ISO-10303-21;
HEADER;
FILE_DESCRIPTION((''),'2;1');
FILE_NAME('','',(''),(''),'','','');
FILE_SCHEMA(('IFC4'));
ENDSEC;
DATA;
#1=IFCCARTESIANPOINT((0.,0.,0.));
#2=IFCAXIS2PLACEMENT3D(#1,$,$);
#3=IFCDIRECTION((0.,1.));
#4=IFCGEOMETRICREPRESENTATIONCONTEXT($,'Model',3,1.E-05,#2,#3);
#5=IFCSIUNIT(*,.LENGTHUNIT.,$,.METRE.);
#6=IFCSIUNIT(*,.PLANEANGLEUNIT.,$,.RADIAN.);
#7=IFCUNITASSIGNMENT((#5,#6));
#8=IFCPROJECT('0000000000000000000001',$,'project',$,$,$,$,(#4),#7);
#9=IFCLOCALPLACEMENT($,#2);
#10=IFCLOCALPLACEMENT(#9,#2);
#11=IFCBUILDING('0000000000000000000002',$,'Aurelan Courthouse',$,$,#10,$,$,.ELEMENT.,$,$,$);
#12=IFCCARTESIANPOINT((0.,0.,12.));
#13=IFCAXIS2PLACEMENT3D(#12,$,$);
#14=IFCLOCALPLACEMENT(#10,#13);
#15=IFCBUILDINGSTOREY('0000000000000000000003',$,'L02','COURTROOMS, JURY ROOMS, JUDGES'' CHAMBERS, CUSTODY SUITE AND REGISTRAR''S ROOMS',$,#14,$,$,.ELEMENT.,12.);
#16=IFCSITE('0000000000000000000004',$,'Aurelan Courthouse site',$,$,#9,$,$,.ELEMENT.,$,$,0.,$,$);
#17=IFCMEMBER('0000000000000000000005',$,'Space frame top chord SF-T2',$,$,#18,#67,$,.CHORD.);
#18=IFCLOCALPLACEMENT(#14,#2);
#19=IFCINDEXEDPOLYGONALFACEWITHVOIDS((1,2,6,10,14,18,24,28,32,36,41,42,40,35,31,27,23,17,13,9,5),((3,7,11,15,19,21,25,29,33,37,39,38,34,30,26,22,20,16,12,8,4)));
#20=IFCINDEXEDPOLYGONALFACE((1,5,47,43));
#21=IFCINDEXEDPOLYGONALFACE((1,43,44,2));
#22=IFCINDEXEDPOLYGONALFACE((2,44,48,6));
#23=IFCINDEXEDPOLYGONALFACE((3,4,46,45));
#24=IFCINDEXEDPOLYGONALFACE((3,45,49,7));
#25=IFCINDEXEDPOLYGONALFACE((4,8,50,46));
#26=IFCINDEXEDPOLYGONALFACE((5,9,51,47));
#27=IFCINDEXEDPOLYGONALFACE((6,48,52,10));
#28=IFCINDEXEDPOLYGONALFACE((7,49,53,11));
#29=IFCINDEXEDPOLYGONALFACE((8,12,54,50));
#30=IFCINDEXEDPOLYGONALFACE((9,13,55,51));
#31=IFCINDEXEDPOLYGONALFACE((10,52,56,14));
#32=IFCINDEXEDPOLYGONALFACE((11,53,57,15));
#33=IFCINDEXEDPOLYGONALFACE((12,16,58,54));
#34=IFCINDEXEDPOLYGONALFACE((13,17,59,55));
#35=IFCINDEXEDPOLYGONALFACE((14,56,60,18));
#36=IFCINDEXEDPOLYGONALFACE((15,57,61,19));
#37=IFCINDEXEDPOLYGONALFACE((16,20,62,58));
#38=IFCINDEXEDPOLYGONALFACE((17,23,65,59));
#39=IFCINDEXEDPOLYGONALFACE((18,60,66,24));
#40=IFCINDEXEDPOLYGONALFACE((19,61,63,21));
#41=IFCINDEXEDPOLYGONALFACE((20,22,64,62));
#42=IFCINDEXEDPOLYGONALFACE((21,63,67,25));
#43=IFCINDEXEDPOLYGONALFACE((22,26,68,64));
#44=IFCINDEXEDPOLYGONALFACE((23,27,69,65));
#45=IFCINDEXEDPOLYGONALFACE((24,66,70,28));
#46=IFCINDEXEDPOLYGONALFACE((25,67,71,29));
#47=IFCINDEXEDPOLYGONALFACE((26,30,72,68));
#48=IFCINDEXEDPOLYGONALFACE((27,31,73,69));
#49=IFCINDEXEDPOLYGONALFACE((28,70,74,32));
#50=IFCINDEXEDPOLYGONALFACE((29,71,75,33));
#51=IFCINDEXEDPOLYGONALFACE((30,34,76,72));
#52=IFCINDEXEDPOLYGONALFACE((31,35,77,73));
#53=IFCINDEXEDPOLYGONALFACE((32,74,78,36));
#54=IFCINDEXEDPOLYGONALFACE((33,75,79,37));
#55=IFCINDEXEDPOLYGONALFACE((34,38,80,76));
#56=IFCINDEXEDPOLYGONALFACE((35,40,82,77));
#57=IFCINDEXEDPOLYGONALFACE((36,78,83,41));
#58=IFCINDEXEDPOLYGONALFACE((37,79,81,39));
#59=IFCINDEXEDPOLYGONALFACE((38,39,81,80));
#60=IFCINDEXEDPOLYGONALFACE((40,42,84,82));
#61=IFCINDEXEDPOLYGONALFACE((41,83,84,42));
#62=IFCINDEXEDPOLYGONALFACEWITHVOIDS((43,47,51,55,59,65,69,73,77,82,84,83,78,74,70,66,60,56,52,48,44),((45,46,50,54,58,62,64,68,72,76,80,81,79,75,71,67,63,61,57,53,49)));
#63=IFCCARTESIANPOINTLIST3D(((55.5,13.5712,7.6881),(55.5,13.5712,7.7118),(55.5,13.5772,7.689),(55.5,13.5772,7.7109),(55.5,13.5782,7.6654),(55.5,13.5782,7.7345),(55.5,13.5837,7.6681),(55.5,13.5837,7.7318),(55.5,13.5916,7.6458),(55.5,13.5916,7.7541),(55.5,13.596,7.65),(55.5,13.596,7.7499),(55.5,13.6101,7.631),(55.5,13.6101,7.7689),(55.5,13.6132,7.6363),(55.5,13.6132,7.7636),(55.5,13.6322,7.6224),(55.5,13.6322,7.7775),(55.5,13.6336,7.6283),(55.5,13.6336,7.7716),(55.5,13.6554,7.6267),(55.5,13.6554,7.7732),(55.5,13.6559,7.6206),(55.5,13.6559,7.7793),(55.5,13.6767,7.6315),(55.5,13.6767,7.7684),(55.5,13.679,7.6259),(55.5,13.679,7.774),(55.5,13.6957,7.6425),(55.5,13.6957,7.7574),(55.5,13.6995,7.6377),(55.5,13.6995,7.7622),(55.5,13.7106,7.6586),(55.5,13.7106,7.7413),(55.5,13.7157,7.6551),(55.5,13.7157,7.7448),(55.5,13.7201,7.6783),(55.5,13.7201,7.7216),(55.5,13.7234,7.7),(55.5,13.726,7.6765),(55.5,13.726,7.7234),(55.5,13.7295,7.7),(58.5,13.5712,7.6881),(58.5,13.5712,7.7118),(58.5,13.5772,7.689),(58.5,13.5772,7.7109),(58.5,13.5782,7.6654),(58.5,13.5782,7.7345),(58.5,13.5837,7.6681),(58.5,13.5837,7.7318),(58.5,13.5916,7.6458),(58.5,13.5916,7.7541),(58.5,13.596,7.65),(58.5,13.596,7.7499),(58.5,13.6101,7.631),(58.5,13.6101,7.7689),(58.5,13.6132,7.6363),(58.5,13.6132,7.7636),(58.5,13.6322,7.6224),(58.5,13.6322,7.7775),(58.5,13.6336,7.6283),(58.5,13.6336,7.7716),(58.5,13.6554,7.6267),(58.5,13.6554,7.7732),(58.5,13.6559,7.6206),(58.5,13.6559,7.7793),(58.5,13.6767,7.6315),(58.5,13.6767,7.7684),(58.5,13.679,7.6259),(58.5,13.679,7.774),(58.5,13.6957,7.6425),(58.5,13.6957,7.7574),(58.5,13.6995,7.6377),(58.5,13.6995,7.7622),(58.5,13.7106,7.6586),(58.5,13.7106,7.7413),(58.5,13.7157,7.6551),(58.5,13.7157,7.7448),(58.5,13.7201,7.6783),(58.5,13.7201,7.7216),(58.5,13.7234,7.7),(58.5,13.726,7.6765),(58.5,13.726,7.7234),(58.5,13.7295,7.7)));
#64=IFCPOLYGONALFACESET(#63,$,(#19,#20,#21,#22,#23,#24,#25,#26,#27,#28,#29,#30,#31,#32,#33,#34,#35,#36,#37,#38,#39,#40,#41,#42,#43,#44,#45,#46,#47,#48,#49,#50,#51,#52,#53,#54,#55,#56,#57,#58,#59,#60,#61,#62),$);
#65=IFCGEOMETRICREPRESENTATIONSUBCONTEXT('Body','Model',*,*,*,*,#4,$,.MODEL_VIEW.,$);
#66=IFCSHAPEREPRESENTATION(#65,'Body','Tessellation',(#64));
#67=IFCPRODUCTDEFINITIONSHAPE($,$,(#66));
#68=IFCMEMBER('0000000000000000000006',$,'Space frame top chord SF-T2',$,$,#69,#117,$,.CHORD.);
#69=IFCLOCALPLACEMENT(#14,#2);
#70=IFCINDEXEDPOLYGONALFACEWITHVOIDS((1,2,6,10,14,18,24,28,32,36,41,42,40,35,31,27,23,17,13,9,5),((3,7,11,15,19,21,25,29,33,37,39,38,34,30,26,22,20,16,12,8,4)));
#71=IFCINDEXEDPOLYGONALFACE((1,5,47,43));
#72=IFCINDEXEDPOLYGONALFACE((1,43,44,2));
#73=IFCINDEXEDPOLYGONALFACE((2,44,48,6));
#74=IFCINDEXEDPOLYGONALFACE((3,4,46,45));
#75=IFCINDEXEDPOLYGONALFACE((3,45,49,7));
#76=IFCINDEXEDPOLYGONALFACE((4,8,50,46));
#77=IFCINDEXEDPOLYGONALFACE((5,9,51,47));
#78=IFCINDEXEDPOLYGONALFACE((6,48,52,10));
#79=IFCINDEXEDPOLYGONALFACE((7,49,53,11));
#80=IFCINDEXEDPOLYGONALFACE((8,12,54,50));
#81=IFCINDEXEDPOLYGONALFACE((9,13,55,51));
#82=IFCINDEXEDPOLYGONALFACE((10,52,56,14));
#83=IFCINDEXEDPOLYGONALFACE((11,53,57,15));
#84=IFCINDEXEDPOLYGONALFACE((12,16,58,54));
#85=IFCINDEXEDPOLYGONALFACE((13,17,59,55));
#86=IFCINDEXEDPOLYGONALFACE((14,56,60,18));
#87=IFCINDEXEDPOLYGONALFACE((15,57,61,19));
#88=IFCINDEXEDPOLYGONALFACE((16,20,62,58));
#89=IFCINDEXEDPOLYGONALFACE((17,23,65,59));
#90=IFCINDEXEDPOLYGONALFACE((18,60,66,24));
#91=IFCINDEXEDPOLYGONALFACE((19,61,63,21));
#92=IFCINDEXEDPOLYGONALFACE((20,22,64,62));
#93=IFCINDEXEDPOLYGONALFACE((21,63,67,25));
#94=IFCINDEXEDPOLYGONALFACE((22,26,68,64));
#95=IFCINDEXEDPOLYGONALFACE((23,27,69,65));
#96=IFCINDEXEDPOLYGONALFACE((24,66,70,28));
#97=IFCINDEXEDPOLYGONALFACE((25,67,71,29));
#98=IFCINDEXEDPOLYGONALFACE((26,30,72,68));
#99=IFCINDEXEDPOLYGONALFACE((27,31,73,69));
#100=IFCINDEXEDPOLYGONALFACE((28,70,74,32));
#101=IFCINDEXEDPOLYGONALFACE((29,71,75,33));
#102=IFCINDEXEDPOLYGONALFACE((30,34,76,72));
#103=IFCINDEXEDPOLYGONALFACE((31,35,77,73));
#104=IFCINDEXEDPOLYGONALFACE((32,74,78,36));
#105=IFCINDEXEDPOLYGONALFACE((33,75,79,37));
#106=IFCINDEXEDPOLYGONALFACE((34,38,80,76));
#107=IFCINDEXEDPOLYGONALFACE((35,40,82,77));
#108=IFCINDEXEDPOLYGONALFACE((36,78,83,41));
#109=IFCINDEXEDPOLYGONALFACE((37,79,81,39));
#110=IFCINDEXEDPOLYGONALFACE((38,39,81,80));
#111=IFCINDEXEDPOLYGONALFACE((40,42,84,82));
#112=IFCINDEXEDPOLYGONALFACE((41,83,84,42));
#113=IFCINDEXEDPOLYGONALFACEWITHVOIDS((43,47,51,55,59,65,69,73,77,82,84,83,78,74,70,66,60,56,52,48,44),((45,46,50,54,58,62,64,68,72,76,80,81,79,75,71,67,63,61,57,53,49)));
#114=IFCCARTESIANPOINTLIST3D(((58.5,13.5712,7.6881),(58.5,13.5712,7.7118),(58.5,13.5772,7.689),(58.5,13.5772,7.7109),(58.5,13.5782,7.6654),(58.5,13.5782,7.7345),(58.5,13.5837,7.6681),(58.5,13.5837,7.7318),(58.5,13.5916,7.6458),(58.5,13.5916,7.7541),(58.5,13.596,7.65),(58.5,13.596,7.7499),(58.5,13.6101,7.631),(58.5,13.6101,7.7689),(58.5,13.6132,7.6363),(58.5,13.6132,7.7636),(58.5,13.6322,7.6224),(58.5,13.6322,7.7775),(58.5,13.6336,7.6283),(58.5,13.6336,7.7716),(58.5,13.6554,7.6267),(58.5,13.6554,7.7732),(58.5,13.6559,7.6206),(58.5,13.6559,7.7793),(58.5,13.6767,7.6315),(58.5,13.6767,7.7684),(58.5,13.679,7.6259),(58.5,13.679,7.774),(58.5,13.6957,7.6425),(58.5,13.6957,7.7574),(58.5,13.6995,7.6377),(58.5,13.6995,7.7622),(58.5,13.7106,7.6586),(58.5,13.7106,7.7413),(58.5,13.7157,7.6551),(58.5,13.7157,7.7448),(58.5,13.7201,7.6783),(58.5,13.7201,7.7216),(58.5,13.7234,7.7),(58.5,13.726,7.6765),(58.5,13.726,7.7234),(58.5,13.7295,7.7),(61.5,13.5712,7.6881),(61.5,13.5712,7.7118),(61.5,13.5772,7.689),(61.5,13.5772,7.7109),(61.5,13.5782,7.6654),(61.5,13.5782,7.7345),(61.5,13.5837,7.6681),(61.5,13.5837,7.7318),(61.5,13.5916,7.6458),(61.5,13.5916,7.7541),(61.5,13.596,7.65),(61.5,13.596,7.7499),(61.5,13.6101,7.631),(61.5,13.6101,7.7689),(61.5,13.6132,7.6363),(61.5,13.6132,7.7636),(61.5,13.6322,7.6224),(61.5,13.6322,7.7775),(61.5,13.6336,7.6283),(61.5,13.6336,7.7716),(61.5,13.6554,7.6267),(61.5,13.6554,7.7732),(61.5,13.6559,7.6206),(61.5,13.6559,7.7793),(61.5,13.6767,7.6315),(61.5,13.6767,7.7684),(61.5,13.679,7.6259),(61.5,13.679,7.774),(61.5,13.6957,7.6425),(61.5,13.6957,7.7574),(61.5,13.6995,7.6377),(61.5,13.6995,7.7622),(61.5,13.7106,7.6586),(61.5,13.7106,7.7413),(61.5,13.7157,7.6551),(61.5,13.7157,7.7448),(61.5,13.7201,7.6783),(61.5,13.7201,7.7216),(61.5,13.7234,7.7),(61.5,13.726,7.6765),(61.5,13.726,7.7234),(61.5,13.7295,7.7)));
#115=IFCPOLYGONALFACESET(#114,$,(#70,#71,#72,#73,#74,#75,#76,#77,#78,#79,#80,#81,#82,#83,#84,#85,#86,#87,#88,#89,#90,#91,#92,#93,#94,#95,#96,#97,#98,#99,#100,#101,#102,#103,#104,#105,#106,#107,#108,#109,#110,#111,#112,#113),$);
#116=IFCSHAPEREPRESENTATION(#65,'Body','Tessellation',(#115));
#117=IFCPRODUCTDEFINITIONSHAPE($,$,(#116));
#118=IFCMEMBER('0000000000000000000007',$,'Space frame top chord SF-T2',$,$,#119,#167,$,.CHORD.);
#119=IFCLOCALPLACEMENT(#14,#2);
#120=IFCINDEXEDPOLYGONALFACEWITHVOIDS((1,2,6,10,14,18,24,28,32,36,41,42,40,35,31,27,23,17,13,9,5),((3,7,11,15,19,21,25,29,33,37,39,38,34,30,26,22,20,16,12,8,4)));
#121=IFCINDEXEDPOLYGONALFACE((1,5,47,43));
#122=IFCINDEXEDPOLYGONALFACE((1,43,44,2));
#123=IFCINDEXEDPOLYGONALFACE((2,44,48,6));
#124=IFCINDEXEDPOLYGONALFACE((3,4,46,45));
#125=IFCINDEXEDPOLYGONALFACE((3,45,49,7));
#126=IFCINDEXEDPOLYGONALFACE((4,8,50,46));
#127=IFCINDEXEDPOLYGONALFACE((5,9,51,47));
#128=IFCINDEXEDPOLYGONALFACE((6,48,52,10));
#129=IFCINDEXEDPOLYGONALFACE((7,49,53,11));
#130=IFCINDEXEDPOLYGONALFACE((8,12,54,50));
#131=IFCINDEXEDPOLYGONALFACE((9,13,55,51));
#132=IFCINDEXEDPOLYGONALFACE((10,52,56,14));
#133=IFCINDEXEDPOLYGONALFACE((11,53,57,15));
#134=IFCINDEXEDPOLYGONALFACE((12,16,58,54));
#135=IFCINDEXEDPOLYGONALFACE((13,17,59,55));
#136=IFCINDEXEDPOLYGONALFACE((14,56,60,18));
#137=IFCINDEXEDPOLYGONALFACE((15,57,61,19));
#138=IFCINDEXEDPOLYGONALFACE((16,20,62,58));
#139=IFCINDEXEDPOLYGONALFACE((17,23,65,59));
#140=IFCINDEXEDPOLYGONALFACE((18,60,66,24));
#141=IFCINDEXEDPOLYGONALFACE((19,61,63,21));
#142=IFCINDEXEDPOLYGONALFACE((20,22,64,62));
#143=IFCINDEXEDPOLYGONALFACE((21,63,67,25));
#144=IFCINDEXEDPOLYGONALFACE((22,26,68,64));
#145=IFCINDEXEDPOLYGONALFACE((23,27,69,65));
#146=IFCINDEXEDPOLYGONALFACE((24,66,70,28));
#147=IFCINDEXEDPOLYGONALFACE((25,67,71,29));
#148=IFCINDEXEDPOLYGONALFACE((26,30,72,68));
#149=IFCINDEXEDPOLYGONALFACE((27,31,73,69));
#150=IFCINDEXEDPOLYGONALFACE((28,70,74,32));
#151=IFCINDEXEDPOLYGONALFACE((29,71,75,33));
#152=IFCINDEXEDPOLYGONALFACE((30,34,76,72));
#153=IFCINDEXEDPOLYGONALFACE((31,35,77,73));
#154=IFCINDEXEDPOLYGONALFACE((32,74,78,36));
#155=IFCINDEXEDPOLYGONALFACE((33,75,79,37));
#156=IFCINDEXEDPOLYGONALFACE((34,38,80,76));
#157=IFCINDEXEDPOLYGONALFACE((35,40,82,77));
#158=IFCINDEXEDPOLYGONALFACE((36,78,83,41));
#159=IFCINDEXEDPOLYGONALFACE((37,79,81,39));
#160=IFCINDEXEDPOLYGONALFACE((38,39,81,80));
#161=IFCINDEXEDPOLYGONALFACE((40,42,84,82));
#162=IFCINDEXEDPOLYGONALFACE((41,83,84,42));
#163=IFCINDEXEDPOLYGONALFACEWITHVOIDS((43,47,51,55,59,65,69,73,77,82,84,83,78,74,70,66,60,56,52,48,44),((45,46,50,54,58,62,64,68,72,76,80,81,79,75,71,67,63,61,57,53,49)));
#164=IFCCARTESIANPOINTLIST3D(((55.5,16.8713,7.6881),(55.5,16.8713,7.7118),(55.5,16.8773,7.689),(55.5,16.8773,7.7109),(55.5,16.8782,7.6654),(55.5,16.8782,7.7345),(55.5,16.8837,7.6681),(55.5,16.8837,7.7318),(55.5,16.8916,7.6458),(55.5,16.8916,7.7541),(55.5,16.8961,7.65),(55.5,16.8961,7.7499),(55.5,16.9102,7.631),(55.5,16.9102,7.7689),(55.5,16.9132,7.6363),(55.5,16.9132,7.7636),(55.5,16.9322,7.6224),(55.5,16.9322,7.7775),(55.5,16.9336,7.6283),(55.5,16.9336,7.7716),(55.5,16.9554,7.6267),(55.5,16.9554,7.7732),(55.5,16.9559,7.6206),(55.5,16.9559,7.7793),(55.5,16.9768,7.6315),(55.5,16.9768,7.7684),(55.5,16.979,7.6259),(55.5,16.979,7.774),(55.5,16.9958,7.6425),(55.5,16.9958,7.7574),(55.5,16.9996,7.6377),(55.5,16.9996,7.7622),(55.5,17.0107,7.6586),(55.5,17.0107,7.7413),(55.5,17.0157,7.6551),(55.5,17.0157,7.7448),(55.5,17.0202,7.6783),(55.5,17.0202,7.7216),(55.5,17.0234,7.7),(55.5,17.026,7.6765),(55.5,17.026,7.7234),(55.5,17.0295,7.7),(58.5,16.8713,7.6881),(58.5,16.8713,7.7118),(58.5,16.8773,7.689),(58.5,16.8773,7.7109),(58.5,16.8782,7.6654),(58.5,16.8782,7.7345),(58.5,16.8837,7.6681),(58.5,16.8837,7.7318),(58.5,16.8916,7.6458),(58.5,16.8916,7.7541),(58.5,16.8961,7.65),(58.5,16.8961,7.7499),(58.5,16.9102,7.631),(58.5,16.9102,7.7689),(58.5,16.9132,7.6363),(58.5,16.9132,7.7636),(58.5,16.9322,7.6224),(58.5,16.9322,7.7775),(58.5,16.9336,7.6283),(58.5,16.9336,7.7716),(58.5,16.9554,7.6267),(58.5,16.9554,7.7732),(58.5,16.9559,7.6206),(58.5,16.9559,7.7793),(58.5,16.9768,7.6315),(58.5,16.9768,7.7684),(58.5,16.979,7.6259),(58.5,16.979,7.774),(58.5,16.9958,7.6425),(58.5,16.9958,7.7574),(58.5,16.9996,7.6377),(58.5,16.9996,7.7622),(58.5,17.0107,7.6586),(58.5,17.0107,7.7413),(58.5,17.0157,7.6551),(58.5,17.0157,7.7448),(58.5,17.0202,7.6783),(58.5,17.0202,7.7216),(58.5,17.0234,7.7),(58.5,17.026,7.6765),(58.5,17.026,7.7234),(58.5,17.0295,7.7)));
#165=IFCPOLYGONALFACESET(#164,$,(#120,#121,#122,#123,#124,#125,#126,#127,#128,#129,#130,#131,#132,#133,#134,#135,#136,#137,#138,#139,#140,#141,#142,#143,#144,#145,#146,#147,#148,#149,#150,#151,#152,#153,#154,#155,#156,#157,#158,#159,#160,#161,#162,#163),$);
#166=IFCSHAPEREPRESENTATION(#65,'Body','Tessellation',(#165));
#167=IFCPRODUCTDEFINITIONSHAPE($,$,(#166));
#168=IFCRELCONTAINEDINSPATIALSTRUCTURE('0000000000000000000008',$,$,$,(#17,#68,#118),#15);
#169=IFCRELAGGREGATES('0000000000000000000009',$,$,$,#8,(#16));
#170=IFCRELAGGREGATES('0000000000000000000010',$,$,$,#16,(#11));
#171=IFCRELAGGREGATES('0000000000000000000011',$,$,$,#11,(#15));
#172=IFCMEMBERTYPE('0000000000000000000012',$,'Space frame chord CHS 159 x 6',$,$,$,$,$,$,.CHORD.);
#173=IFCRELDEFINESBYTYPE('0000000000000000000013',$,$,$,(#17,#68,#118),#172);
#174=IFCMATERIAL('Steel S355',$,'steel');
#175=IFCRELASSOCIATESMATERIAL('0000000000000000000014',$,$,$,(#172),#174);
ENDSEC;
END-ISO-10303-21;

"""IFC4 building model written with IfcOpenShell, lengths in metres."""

from ifc_helpers import new_model, si_unit, direction, frame, origin, origin_2d, place, context, subcontext, project, spatial, hollow_circle, extrude, material, material_profile, profile_set, type_object, element, save


model = new_model("IFC4")

# Units and contexts
model_context = context("Model", 3, precision=1e-05, world=origin(), true_north=direction((0.0, 1.0)))
body_context = subcontext(model_context, "Body", "Model", "MODEL_VIEW")
ifc_project = project(units=[si_unit("LENGTHUNIT", "METRE"), si_unit("PLANEANGLEUNIT", "RADIAN")], contexts=[model_context])

# Site, building, storey
site_placement = place(None, origin())
site = spatial("IfcSite", under=ifc_project, at=site_placement, Name="Aurelan Courthouse site", CompositionType="ELEMENT", RefElevation=0.0)
building_placement = place(site_placement, origin())
building = spatial("IfcBuilding", under=site, at=building_placement, Name="Aurelan Courthouse", CompositionType="ELEMENT")
storey_placement = place(building_placement, frame((0.0, 0.0, 12.0)))
storey = spatial("IfcBuildingStorey", under=building, at=storey_placement, Name="L02", Description="COURTROOMS, JURY ROOMS, JUDGES' CHAMBERS, CUSTODY SUITE AND REGISTRAR'S ROOMS", CompositionType="ELEMENT", Elevation=12.0)

# Members
ifc_material_1 = material(Name="Steel S355", Category="steel")
ifc_material_profile_1 = material_profile(ifc_material_1, hollow_circle(Radius=0.0796, WallThickness=0.0061, at=origin_2d()), Name="CHS 159 x 6")
ifc_profile_set_1 = profile_set([ifc_material_profile_1], Name="Steel S355")
member_type_1 = type_object("IfcMemberType", Name="Space frame chord CHS 159 x 6", PredefinedType="CHORD", material=ifc_profile_set_1)
for number, where, z_axis, x_axis, name in (
    (1, (55.5, 13.6499, 7.7), (1.0, 0.0, 0.0), (0.0, 1.0, 0.0), "Space frame top chord SF-T2"),
    (2, (58.5, 13.6499, 7.7), (1.0, 0.0, 0.0), (0.0, 1.0, 0.0), "Space frame top chord SF-T2"),
    (3, (55.5, 16.95, 7.7), (1.0, 0.0, 0.0), (0.0, 1.0, 0.0), "Space frame top chord SF-T2"),
):
    element("IfcMember", number, at=place(storey_placement, frame(where, z_axis=z_axis, x_axis=x_axis)), inside=storey, type_object=member_type_1, Name=name, PredefinedType="CHORD", context=body_context, shape_type="SweptSolid", body=[
        extrude(hollow_circle(Radius=0.0796, WallThickness=0.0061, at=origin_2d()), origin(), (0.0, 0.0, 1.0), 3.0),
    ])

save(model, "model.ifc")
